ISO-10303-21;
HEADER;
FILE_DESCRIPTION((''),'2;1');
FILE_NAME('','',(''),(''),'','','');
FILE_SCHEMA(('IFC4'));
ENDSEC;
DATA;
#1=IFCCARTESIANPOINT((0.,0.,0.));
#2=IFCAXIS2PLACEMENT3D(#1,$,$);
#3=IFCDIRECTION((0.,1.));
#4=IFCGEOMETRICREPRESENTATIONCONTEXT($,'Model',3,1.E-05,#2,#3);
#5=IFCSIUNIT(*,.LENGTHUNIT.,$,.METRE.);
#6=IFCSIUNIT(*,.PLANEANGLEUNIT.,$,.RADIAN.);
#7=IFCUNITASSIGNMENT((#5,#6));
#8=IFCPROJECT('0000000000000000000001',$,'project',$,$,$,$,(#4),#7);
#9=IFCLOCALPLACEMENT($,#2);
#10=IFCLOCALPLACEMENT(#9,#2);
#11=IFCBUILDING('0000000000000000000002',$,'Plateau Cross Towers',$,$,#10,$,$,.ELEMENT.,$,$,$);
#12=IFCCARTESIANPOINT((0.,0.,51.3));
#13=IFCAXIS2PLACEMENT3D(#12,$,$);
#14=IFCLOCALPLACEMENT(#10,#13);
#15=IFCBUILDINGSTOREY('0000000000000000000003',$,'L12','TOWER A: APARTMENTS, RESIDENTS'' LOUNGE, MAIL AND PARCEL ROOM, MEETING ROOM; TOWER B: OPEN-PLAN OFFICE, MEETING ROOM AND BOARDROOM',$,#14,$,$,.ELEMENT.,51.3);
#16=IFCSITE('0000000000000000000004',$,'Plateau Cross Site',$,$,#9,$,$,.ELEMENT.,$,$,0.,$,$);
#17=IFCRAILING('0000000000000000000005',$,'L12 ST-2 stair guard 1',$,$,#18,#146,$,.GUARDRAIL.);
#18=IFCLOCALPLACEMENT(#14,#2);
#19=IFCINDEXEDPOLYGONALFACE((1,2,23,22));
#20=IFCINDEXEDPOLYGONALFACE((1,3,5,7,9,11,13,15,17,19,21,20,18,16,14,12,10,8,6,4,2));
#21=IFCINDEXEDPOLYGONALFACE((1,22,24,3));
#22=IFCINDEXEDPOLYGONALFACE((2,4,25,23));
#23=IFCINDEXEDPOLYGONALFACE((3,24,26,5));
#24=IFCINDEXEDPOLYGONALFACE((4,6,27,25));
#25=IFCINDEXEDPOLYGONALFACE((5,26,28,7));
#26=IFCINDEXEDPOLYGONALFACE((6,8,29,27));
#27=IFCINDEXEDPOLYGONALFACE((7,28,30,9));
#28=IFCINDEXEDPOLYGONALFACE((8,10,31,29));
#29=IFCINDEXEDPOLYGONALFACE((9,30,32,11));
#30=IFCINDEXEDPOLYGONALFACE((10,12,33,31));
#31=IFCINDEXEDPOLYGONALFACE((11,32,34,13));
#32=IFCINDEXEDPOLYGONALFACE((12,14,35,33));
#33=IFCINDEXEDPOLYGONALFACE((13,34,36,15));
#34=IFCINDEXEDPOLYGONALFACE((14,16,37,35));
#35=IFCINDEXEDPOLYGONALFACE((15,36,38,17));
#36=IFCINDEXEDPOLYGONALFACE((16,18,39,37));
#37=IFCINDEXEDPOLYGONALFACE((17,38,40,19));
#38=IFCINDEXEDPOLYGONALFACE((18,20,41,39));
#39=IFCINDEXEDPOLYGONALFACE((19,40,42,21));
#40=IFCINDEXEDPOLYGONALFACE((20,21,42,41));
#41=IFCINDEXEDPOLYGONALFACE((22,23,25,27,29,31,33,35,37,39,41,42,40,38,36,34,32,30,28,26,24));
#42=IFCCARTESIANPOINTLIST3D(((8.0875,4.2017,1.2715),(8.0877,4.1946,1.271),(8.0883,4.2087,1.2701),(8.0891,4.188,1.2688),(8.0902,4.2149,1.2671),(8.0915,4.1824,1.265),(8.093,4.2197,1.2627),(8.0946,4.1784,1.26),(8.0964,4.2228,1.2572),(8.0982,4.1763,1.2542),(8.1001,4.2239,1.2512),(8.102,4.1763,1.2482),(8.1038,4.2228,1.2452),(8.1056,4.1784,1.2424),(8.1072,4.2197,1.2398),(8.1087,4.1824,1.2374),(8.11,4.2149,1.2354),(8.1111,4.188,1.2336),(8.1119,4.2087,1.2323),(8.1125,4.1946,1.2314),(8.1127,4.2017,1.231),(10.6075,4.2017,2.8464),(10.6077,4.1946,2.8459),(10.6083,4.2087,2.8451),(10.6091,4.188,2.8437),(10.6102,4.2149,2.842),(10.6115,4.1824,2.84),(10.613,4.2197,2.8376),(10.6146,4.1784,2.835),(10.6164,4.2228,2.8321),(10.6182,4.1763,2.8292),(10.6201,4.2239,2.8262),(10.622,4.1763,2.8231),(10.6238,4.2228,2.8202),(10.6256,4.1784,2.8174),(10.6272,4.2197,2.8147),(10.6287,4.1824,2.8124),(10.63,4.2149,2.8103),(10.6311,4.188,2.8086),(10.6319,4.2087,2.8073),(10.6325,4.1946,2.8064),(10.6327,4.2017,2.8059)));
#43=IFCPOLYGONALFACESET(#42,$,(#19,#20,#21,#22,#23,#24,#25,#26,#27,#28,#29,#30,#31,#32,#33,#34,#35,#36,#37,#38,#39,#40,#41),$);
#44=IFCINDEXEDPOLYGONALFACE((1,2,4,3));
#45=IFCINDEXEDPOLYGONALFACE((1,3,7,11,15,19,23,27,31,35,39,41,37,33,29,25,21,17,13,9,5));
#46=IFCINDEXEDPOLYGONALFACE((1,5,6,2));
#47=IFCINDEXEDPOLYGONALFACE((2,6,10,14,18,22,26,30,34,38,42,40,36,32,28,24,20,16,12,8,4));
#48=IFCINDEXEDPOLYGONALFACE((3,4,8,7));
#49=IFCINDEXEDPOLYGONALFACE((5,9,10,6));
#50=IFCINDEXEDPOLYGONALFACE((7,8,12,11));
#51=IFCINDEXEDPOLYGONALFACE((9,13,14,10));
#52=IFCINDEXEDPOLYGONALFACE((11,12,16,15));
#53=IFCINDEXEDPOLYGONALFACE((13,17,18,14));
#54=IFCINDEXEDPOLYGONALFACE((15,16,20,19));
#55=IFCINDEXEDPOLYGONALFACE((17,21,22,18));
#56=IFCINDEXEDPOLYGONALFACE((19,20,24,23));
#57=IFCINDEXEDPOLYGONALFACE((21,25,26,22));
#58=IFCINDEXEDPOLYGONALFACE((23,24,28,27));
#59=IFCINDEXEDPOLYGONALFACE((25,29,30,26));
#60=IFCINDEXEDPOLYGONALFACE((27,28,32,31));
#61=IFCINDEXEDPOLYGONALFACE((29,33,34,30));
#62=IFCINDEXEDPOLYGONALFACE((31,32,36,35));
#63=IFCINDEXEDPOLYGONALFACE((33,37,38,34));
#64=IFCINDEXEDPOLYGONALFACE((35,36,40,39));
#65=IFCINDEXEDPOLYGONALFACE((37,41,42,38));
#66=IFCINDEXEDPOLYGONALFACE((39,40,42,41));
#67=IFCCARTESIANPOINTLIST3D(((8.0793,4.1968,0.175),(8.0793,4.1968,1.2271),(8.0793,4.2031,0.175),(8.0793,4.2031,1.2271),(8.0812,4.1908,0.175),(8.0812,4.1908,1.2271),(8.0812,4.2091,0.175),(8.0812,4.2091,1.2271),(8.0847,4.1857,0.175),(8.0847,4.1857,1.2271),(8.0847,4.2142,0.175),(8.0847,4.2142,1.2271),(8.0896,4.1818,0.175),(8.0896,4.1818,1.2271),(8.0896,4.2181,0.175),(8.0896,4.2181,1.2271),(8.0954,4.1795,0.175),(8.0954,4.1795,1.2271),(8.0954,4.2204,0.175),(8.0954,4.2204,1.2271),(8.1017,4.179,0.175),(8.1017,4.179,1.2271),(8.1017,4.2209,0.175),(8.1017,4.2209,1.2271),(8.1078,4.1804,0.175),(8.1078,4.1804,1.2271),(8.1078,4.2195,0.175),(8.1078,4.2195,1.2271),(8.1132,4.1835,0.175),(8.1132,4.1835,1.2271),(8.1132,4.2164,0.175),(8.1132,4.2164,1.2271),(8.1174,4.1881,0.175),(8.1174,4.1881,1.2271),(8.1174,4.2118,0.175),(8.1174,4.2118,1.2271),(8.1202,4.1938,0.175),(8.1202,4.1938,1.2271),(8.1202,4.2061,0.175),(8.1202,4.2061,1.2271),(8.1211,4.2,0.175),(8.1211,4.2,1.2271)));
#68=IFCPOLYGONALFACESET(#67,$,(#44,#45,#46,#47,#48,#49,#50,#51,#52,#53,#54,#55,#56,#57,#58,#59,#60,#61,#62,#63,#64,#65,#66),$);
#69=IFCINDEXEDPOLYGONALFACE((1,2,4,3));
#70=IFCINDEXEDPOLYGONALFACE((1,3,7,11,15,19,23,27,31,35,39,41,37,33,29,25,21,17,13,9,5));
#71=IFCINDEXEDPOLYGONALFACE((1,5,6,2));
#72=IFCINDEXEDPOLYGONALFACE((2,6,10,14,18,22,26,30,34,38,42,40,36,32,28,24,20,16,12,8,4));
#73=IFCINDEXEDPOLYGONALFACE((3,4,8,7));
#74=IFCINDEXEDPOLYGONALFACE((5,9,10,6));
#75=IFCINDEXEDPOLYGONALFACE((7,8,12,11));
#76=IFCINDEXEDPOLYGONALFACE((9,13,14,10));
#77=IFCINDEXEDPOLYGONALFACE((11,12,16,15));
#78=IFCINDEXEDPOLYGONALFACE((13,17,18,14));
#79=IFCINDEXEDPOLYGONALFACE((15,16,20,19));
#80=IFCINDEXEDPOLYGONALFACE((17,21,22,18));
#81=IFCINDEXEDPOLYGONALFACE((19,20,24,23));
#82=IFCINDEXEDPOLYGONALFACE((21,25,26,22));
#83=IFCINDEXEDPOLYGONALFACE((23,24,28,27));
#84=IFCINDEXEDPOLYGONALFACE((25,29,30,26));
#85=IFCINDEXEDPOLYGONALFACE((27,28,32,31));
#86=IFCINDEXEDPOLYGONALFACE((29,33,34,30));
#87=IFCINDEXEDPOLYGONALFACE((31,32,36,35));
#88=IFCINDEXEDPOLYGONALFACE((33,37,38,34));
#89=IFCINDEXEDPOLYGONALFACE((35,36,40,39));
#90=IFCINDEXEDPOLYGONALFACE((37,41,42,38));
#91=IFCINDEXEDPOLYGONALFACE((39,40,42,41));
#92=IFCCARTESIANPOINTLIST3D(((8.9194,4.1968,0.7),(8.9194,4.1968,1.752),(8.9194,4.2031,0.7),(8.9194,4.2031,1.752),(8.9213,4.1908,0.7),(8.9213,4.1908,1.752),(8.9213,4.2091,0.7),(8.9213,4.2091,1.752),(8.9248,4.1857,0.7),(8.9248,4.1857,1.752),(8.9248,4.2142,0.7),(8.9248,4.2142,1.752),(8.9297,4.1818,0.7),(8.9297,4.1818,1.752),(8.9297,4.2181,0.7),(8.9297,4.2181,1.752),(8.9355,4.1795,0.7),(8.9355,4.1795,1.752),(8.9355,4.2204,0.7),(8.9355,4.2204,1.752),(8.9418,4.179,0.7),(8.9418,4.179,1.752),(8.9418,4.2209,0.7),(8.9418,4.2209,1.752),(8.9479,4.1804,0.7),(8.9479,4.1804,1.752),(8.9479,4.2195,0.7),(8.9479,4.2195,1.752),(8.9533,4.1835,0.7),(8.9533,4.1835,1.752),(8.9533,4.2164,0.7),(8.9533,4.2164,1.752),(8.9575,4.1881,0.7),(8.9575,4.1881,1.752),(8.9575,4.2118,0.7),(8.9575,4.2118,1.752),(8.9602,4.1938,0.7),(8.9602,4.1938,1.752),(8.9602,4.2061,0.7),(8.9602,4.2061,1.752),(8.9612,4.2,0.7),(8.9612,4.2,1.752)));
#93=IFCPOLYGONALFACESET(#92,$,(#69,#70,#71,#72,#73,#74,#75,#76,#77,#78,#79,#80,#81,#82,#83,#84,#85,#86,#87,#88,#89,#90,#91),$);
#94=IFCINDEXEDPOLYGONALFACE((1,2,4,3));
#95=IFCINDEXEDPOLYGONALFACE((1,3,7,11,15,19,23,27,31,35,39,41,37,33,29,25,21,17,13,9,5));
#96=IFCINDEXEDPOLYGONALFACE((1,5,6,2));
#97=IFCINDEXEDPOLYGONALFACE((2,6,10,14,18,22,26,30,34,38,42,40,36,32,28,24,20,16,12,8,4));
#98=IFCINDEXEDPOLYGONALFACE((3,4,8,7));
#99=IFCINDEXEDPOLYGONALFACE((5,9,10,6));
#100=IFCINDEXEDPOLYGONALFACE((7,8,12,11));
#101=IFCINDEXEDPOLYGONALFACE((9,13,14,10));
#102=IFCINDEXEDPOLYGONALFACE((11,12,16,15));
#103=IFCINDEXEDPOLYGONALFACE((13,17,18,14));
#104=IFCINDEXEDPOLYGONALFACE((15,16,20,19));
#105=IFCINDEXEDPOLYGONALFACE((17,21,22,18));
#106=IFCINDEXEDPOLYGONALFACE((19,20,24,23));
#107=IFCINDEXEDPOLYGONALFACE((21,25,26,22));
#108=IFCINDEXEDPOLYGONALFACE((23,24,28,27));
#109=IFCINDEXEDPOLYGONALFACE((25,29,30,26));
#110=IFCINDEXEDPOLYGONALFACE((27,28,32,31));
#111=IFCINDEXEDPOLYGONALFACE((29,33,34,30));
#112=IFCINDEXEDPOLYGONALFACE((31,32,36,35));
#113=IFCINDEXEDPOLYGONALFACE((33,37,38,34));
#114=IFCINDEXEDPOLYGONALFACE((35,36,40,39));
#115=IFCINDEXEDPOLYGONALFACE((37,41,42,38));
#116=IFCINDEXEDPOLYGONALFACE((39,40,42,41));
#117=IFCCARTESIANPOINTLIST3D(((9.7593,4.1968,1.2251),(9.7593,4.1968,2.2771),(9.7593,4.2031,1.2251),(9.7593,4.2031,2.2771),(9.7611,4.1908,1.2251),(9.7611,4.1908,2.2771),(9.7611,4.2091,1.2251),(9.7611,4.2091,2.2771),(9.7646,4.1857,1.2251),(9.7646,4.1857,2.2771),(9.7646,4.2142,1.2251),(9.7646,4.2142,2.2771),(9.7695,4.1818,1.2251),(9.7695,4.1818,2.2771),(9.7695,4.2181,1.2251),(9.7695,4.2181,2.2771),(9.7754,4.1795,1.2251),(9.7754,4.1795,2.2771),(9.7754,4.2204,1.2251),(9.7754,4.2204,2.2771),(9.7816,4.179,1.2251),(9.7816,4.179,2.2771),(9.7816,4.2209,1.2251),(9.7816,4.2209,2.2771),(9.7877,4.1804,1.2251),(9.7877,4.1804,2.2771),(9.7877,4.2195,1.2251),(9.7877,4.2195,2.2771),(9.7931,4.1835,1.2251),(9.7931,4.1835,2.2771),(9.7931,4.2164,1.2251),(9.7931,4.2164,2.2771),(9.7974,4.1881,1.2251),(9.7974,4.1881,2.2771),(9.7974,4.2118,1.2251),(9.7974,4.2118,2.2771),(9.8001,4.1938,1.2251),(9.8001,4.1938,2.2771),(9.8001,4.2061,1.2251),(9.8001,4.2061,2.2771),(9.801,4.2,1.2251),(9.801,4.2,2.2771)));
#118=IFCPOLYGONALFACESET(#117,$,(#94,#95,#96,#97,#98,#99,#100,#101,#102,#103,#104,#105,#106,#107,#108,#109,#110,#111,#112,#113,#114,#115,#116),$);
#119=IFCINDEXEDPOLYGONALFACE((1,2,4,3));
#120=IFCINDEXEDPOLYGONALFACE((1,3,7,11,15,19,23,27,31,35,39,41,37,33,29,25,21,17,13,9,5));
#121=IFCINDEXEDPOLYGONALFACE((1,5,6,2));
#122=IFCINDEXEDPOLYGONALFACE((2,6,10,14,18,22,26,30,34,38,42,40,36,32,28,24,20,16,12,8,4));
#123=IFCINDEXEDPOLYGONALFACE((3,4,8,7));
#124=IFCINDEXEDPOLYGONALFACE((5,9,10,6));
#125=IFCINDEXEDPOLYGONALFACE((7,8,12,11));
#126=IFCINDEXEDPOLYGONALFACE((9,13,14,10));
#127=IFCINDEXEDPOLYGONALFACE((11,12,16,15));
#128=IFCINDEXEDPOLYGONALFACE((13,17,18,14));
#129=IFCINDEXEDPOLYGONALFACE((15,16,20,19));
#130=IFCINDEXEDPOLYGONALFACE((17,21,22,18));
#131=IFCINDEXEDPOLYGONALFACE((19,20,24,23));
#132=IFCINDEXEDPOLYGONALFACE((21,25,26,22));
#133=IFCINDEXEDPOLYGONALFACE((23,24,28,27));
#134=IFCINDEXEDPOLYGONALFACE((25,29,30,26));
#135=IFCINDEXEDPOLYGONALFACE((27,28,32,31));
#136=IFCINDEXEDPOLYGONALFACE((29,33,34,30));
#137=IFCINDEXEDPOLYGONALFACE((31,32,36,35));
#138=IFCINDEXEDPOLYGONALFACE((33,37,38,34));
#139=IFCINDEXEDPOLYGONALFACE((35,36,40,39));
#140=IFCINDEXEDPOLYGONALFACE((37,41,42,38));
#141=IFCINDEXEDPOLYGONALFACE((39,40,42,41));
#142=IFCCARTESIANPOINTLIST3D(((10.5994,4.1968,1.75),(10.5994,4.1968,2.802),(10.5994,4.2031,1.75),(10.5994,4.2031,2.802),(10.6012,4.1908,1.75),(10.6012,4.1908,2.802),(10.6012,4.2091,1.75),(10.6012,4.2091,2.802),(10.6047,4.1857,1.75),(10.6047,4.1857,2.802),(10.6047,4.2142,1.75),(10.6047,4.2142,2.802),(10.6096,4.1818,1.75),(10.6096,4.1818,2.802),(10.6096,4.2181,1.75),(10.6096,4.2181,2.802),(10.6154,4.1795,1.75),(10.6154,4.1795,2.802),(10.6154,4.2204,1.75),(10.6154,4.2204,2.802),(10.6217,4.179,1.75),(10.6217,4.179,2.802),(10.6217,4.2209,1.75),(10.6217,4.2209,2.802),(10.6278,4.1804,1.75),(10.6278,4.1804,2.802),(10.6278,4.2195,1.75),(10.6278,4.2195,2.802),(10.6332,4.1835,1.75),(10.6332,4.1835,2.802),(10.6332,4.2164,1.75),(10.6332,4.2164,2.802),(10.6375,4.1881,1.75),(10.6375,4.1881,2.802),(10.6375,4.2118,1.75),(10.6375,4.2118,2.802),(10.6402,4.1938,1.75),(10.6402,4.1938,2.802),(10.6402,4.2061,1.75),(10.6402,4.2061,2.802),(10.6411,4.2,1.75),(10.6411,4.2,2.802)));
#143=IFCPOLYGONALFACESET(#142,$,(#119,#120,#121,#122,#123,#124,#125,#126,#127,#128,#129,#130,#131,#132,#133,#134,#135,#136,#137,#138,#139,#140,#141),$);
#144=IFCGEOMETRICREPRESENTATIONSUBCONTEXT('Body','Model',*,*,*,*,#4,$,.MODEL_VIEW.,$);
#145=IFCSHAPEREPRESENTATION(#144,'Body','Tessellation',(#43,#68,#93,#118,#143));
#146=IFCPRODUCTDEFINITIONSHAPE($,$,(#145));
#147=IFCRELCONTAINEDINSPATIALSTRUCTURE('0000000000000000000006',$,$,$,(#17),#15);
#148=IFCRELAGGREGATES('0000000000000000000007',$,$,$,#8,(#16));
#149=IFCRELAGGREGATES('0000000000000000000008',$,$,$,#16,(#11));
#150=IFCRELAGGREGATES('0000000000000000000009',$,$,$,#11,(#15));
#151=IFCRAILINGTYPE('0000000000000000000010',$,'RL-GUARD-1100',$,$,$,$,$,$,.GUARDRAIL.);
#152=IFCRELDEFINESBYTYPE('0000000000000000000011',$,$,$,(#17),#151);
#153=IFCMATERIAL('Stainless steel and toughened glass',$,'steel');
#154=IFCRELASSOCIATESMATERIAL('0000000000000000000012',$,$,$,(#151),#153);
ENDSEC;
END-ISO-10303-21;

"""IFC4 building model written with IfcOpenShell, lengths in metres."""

from ifc_helpers import new_model, si_unit, direction, frame, origin, origin_2d, place, context, subcontext, project, spatial, circle, extrude, material, type_object, element, save


model = new_model("IFC4")

# Units and contexts
model_context = context("Model", 3, precision=1e-05, world=origin(), true_north=direction((0.0, 1.0)))
body_context = subcontext(model_context, "Body", "Model", "MODEL_VIEW")
ifc_project = project(units=[si_unit("LENGTHUNIT", "METRE"), si_unit("PLANEANGLEUNIT", "RADIAN")], contexts=[model_context])

# Site, building, storey
site_placement = place(None, origin())
site = spatial("IfcSite", under=ifc_project, at=site_placement, Name="Plateau Cross Site", CompositionType="ELEMENT", RefElevation=0.0)
building_placement = place(site_placement, origin())
building = spatial("IfcBuilding", under=site, at=building_placement, Name="Plateau Cross Towers", CompositionType="ELEMENT")
storey_placement = place(building_placement, frame((0.0, 0.0, 51.3)))
storey = spatial("IfcBuildingStorey", under=building, at=storey_placement, Name="L12", Description="TOWER A: APARTMENTS, RESIDENTS' LOUNGE, MAIL AND PARCEL ROOM, MEETING ROOM; TOWER B: OPEN-PLAN OFFICE, MEETING ROOM AND BOARDROOM", CompositionType="ELEMENT", Elevation=51.3)

# Railing
ifc_material_1 = material(Name="Stainless steel and toughened glass", Category="steel")
railing_type_1 = type_object("IfcRailingType", Name="RL-GUARD-1100", PredefinedType="GUARDRAIL", material=ifc_material_1)
railing_1_placement = place(storey_placement, frame((8.1001, 4.2, 0.175)))
element("IfcRailing", 1, at=railing_1_placement, inside=storey, type_object=railing_type_1, Name="L12 ST-2 stair guard 1", PredefinedType="GUARDRAIL", context=body_context, shape_type="SweptSolid", body=[
    extrude(circle(Radius=0.0239, at=origin_2d()), frame((0.0, 0.0, 1.0762), z_axis=(0.848008, 0.0, 0.529984), x_axis=(0.0, 1.0, 0.0)), (0.0, 0.0, 1.0), 2.9717),
    extrude(circle(Radius=0.021, at=origin_2d()), origin(), (0.0, 0.0, 1.0), 1.052),
    extrude(circle(Radius=0.021, at=origin_2d()), frame((0.8401, 0.0, 0.5249)), (0.0, 0.0, 1.0), 1.052),
    extrude(circle(Radius=0.021, at=origin_2d()), frame((1.6799, 0.0, 1.05)), (0.0, 0.0, 1.0), 1.052),
    extrude(circle(Radius=0.021, at=origin_2d()), frame((2.52, 0.0, 1.575)), (0.0, 0.0, 1.0), 1.052),
])

save(model, "model.ifc")
